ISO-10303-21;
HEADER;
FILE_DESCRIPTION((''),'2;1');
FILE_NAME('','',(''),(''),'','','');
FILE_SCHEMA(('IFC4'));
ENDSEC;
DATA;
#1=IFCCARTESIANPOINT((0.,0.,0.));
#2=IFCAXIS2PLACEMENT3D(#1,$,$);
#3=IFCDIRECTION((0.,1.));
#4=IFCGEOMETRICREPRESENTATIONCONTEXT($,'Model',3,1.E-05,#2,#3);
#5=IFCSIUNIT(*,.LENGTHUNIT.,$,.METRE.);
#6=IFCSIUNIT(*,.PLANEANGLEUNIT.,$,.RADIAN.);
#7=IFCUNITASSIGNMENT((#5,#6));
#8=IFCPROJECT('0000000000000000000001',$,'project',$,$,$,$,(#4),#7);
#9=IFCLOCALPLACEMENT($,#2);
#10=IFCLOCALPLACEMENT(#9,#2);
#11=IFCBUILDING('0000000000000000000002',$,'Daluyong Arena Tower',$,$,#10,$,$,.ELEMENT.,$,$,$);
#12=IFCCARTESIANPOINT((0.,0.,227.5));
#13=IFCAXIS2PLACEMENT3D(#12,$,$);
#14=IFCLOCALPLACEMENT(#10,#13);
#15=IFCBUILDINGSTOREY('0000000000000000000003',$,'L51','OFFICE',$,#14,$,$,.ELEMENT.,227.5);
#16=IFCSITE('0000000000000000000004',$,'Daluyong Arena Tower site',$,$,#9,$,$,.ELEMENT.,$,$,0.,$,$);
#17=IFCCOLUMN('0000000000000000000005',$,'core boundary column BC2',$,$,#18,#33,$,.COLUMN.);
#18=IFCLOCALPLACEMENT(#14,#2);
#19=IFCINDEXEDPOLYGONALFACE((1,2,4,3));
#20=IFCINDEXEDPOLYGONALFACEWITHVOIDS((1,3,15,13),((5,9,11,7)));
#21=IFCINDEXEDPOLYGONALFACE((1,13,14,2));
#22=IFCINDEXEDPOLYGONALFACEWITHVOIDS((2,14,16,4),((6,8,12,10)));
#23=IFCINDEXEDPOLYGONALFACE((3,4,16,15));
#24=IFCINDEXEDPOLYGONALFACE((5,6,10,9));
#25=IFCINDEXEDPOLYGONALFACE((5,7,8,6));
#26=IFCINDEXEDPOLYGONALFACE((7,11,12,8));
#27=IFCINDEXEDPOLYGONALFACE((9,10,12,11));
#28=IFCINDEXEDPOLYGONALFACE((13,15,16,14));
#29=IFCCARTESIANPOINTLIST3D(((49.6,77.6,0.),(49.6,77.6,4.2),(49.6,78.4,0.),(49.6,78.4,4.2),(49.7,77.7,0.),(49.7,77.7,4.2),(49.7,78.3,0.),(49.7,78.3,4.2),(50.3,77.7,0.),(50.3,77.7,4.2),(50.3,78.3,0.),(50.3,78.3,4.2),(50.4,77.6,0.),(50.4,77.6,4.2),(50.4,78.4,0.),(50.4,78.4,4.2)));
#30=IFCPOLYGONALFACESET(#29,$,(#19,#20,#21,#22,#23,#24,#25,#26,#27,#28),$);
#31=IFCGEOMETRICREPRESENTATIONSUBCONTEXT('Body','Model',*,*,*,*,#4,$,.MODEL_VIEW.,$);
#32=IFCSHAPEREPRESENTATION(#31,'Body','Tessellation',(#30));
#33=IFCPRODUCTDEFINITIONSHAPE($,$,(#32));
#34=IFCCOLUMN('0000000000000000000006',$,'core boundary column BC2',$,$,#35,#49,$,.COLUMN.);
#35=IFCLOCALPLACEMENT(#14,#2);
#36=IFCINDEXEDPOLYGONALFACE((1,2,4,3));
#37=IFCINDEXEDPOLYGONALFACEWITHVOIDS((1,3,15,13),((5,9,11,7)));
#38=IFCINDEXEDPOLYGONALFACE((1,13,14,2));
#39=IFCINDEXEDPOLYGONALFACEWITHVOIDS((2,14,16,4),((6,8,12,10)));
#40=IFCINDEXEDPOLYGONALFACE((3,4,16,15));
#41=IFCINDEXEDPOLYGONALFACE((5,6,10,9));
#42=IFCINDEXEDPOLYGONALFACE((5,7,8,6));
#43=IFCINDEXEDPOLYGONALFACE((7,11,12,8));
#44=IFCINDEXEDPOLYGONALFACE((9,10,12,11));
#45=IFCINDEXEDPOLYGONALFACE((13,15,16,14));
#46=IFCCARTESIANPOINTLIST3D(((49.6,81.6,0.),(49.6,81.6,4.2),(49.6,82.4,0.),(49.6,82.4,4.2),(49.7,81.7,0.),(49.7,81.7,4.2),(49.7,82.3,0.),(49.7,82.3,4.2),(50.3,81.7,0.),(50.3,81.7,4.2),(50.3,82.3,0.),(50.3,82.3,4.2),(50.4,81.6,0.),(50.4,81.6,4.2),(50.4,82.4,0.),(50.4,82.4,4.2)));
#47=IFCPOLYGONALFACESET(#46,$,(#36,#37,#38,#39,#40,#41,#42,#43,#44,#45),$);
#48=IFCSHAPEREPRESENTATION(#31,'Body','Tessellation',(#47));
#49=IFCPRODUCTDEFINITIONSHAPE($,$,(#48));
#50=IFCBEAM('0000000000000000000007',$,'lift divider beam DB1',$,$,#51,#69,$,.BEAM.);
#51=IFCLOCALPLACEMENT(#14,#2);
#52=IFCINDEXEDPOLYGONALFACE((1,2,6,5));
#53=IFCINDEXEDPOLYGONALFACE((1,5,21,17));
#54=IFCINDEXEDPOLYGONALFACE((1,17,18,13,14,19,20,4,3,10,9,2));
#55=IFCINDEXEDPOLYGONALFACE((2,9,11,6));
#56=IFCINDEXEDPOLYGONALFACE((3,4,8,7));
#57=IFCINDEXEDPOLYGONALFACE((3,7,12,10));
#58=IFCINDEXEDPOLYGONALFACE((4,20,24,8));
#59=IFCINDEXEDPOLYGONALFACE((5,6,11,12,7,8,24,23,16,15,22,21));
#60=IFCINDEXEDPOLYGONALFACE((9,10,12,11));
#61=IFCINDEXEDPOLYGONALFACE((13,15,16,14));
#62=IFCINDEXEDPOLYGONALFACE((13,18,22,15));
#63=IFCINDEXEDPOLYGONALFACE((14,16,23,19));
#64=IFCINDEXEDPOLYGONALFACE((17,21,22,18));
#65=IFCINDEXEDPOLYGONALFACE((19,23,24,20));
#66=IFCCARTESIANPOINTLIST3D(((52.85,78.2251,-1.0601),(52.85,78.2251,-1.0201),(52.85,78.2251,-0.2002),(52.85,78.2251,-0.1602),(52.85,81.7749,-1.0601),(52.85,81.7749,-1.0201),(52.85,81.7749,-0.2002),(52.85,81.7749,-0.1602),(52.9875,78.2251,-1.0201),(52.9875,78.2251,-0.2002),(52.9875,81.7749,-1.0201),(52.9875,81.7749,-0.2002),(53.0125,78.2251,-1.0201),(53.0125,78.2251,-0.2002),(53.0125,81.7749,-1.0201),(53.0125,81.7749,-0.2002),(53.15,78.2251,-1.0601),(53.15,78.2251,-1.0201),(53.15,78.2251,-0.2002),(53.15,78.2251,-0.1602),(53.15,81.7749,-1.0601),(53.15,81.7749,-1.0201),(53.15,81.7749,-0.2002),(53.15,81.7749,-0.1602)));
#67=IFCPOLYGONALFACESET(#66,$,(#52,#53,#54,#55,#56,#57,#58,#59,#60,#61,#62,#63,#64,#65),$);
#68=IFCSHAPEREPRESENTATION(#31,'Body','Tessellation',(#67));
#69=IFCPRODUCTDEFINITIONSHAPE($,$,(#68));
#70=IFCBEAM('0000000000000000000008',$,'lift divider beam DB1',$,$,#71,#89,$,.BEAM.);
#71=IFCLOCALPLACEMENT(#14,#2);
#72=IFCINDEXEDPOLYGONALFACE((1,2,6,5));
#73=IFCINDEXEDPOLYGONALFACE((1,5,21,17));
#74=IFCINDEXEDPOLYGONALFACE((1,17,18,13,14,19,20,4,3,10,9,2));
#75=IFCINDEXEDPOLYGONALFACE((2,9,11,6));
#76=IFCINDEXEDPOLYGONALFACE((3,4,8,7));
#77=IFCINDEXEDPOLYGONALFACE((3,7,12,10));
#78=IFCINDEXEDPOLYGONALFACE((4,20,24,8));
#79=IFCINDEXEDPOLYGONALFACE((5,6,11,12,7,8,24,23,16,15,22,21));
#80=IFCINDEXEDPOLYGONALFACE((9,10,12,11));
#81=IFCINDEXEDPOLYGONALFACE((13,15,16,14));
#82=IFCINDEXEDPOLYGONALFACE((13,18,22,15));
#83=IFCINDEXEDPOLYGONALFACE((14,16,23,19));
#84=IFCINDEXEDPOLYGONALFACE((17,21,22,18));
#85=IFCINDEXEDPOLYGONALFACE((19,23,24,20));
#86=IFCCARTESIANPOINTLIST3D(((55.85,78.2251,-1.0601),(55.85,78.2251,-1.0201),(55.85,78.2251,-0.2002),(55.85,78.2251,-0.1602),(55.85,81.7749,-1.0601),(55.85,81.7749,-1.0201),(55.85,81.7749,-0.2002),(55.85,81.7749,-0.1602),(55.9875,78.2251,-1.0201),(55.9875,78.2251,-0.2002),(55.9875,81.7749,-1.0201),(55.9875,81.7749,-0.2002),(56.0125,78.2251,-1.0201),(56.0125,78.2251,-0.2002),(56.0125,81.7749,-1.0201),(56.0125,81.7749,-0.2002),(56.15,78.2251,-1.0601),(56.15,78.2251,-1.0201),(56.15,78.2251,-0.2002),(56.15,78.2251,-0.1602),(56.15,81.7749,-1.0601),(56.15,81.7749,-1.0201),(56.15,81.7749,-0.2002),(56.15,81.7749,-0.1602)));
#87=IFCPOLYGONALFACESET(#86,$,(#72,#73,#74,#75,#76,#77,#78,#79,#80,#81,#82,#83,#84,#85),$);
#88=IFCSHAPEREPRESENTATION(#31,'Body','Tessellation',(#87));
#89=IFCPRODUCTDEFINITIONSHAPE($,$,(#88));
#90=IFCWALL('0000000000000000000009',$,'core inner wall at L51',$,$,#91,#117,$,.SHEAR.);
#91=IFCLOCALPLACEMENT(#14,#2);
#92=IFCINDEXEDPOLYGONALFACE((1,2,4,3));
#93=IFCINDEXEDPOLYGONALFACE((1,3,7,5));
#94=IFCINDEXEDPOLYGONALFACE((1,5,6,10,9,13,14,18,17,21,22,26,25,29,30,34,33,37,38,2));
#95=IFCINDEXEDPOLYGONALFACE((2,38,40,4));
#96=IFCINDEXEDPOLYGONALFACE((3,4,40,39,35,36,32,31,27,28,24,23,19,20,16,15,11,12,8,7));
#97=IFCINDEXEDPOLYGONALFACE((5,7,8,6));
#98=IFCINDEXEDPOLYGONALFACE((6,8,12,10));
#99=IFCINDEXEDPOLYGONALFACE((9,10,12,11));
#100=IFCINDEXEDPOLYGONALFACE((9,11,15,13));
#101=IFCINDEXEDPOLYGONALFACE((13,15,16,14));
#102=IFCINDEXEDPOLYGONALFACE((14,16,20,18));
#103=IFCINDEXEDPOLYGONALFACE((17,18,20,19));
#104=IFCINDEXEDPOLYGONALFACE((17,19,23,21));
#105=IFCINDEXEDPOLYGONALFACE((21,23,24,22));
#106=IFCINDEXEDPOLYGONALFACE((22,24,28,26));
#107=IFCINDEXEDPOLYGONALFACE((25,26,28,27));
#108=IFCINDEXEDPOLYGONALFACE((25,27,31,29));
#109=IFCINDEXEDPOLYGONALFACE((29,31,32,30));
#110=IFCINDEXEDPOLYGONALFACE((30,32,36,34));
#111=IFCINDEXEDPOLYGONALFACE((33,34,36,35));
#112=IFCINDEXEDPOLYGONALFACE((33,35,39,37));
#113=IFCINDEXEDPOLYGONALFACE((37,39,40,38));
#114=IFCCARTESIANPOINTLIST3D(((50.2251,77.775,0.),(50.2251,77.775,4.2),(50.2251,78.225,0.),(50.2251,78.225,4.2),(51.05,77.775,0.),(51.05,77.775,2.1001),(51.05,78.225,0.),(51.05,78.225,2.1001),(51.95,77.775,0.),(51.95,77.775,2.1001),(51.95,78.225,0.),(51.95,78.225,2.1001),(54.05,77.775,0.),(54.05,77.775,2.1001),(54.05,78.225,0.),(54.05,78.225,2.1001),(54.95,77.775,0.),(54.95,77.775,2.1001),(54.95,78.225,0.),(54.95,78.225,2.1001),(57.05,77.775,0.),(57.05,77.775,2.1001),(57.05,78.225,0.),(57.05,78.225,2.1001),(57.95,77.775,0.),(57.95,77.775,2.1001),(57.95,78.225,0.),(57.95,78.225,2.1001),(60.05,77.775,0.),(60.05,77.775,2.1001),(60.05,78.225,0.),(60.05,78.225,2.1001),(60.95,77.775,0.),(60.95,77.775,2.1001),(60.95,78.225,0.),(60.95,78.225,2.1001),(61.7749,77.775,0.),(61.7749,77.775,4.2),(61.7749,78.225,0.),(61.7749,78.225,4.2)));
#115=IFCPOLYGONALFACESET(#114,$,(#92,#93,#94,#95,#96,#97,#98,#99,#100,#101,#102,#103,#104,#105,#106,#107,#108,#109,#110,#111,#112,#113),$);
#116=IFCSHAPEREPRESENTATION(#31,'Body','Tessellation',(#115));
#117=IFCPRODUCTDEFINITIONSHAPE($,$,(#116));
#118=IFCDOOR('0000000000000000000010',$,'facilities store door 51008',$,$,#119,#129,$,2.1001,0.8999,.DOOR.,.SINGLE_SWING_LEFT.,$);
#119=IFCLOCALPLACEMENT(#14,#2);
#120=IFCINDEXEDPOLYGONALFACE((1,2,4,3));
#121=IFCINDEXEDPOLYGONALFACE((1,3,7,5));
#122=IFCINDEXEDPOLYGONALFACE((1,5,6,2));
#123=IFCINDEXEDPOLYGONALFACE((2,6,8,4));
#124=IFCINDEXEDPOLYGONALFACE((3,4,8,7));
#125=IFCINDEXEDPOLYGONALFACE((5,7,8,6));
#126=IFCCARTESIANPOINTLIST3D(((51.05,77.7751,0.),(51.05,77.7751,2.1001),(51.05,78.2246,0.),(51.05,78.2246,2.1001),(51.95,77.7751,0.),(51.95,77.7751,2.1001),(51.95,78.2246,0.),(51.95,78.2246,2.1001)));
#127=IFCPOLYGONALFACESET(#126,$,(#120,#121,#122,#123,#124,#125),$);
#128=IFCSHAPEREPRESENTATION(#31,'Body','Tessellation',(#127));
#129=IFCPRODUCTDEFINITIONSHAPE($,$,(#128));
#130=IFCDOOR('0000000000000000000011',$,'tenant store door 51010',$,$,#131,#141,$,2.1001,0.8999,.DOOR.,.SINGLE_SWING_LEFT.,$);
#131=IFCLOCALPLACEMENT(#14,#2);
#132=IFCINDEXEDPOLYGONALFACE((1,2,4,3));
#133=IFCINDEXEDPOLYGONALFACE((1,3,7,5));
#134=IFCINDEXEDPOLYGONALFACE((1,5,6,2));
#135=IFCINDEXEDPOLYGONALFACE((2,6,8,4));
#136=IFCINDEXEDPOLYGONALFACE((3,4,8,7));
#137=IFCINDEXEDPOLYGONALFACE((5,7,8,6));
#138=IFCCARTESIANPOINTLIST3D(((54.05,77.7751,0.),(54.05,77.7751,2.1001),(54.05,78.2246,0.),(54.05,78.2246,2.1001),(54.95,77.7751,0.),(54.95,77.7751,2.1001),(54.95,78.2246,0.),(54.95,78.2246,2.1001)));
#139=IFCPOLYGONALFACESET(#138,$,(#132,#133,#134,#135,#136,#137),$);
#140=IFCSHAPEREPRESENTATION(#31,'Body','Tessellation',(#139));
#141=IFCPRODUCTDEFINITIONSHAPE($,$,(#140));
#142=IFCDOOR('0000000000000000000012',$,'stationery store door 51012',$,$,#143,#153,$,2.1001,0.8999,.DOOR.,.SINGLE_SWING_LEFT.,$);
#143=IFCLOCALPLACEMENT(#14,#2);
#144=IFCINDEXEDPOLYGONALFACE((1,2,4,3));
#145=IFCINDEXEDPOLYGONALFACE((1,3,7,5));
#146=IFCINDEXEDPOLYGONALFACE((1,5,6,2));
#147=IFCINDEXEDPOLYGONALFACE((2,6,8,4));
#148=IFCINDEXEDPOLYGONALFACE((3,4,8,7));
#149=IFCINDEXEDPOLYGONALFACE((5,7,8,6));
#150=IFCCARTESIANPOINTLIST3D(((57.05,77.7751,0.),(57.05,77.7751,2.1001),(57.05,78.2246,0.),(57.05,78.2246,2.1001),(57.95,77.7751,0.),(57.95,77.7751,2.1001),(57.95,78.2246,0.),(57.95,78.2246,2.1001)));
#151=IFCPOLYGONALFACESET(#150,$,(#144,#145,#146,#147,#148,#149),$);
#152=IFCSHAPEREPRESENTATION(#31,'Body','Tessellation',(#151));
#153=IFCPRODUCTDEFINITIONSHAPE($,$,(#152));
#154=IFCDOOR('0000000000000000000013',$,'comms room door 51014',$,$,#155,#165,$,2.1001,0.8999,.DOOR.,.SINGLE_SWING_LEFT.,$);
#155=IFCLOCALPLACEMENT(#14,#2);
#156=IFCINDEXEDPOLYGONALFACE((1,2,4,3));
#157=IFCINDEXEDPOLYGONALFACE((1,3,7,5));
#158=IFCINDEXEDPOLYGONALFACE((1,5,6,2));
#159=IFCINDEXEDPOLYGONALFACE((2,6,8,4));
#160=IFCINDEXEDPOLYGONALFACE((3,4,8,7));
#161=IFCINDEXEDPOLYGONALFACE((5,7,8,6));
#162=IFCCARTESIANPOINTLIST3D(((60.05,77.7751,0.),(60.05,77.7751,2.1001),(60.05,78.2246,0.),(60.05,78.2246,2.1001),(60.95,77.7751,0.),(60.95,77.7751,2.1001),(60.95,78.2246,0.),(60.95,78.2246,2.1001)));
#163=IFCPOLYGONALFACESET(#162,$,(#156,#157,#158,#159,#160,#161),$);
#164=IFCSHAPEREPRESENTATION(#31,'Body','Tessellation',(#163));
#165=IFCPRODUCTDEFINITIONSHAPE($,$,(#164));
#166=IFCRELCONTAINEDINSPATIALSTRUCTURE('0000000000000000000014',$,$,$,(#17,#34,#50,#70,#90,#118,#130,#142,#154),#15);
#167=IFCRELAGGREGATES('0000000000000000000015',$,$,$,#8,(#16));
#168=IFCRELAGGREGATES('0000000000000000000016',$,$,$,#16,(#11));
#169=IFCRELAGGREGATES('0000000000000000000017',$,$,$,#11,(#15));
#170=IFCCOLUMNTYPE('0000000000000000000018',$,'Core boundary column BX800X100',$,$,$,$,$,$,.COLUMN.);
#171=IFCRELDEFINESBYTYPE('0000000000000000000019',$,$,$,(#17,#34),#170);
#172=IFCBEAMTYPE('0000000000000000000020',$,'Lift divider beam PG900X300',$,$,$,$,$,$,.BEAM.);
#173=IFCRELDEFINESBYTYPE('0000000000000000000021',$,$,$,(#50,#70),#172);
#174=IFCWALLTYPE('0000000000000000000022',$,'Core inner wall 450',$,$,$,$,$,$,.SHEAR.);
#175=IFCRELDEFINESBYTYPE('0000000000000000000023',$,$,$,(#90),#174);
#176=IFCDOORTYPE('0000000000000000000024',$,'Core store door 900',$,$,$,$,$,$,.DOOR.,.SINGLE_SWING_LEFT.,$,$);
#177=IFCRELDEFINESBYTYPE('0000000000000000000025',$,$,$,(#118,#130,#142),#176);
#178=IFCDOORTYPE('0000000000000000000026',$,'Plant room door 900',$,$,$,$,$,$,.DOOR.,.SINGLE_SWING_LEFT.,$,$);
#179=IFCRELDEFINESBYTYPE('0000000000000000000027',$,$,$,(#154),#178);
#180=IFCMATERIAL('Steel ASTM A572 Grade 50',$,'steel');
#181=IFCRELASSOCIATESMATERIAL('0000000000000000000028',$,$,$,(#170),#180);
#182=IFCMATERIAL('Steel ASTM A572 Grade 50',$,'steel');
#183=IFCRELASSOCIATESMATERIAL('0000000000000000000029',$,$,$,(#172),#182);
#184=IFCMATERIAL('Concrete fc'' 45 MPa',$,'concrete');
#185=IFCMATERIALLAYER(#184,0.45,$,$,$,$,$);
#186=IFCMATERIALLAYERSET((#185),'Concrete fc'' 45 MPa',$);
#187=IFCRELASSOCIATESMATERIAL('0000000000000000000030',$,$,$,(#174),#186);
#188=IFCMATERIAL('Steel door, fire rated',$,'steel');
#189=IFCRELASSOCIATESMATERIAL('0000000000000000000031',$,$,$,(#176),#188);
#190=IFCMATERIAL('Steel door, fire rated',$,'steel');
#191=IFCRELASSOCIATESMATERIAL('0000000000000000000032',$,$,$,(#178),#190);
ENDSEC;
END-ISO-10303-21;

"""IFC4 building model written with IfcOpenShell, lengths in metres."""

from ifc_helpers import new_model, si_unit, direction, frame, frame_2d, origin, origin_2d, place, context, subcontext, project, spatial, rectangle, hollow_rectangle, i_section, extrude, material, layer, layer_set, material_profile, profile_set, type_object, element, fill, save


model = new_model("IFC4")

# Units and contexts
model_context = context("Model", 3, precision=1e-05, world=origin(), true_north=direction((0.0, 1.0)))
body_context = subcontext(model_context, "Body", "Model", "MODEL_VIEW")
ifc_project = project(units=[si_unit("LENGTHUNIT", "METRE"), si_unit("PLANEANGLEUNIT", "RADIAN")], contexts=[model_context])

# Site, building, storey
site_placement = place(None, origin())
site = spatial("IfcSite", under=ifc_project, at=site_placement, Name="Daluyong Arena Tower site", CompositionType="ELEMENT", RefElevation=0.0)
building_placement = place(site_placement, origin())
building = spatial("IfcBuilding", under=site, at=building_placement, Name="Daluyong Arena Tower", CompositionType="ELEMENT")
storey_placement = place(building_placement, frame((0.0, 0.0, 227.5)))
storey = spatial("IfcBuildingStorey", under=building, at=storey_placement, Name="L51", Description="OFFICE", CompositionType="ELEMENT", Elevation=227.5)

# Columns
ifc_material_1 = material(Name="Steel ASTM A572 Grade 50", Category="steel")
ifc_material_profile_1 = material_profile(ifc_material_1, hollow_rectangle(XDim=0.8, YDim=0.8, WallThickness=0.1, at=origin_2d()))
ifc_profile_set_1 = profile_set([ifc_material_profile_1], Name="Steel ASTM A572 Grade 50")
column_type = type_object("IfcColumnType", Name="Core boundary column BX800X100", PredefinedType="COLUMN", material=ifc_profile_set_1)
for number, where, z_axis, x_axis, name in (
    (1, (50.0, 78.0, 0.0), (0.0, 0.0, 1.0), (1.0, 0.0, 0.0), "core boundary column BC2"),
    (2, (50.0, 82.0, 0.0), (0.0, 0.0, 1.0), (1.0, 0.0, 0.0), "core boundary column BC2"),
):
    element("IfcColumn", number, at=place(storey_placement, frame(where, z_axis=z_axis, x_axis=x_axis)), inside=storey, type_object=column_type, Name=name, PredefinedType="COLUMN", context=body_context, shape_type="SweptSolid", body=[
        extrude(hollow_rectangle(XDim=0.8, YDim=0.8, WallThickness=0.1, at=origin_2d()), origin(), (0.0, 0.0, 1.0), 4.2),
    ])

# Beams
ifc_material_2 = material(Name="Steel ASTM A572 Grade 50", Category="steel")
ifc_material_profile_2 = material_profile(ifc_material_2, i_section(OverallWidth=0.3, OverallDepth=0.8999, WebThickness=0.025, FlangeThickness=0.04, at=origin_2d()))
ifc_profile_set_2 = profile_set([ifc_material_profile_2], Name="Steel ASTM A572 Grade 50")
beam_type = type_object("IfcBeamType", Name="Lift divider beam PG900X300", PredefinedType="BEAM", material=ifc_profile_set_2)
for number, where, z_axis, x_axis, name in (
    (3, (53.0, 78.2251, -0.6101), (0.0, 1.0, 0.0), (-1.0, 0.0, 0.0), "lift divider beam DB1"),
    (4, (56.0, 78.2251, -0.6101), (0.0, 1.0, 0.0), (-1.0, 0.0, 0.0), "lift divider beam DB1"),
):
    element("IfcBeam", number, at=place(storey_placement, frame(where, z_axis=z_axis, x_axis=x_axis)), inside=storey, type_object=beam_type, Name=name, PredefinedType="BEAM", context=body_context, shape_type="SweptSolid", body=[
        extrude(i_section(OverallWidth=0.3, OverallDepth=0.8999, WebThickness=0.025, FlangeThickness=0.04, at=origin_2d()), origin(), (0.0, 0.0, 1.0), 3.5498),
    ])

# Wall, openings, doors
ifc_material_3 = material(Name="Concrete fc' 45 MPa", Category="concrete")
ifc_layer_1 = layer(ifc_material_3, 0.45)
ifc_layer_set_1 = layer_set([ifc_layer_1], Name="Concrete fc' 45 MPa")
wall_type_1 = type_object("IfcWallType", Name="Core inner wall 450", PredefinedType="SHEAR", material=ifc_layer_set_1)
wall_1_placement = place(storey_placement, frame((50.2251, 78.0, 0.0), z_axis=(0.0, 0.0, 1.0), x_axis=(1.0, 0.0, 0.0)))
wall_1 = element("IfcWall", 5, at=wall_1_placement, inside=storey, type_object=wall_type_1, Name="core inner wall at L51", PredefinedType="SHEAR", context=body_context, shape_type="SweptSolid", body=[
    extrude(rectangle(XDim=11.5498, YDim=0.45, at=frame_2d((5.7749, 0.0))), origin(), (0.0, 0.0, 1.0), 4.2),
])
opening_1_placement = place(wall_1_placement, frame((0.825, 0.0, 0.0)))
opening_1 = element("IfcOpeningElement", 6, at=opening_1_placement, cuts=wall_1, PredefinedType="OPENING", context=body_context, shape_type="SweptSolid", body=[
    extrude(rectangle(XDim=0.8999, YDim=2.1001, at=frame_2d((0.45, 1.05))), frame((0.0, 0.2349, 0.0), z_axis=(0.0, -1.0, 0.0), x_axis=(1.0, 0.0, 0.0)), (0.0, 0.0, 1.0), 0.47),
])
opening_2_placement = place(wall_1_placement, frame((3.825, 0.0, 0.0)))
opening_2 = element("IfcOpeningElement", 7, at=opening_2_placement, cuts=wall_1, PredefinedType="OPENING", context=body_context, shape_type="SweptSolid", body=[
    extrude(rectangle(XDim=0.8999, YDim=2.1001, at=frame_2d((0.45, 1.05))), frame((0.0, 0.2349, 0.0), z_axis=(0.0, -1.0, 0.0), x_axis=(1.0, 0.0, 0.0)), (0.0, 0.0, 1.0), 0.47),
])
opening_3_placement = place(wall_1_placement, frame((6.825, 0.0, 0.0)))
opening_3 = element("IfcOpeningElement", 8, at=opening_3_placement, cuts=wall_1, PredefinedType="OPENING", context=body_context, shape_type="SweptSolid", body=[
    extrude(rectangle(XDim=0.8999, YDim=2.1001, at=frame_2d((0.45, 1.05))), frame((0.0, 0.2349, 0.0), z_axis=(0.0, -1.0, 0.0), x_axis=(1.0, 0.0, 0.0)), (0.0, 0.0, 1.0), 0.47),
])
opening_4_placement = place(wall_1_placement, frame((9.825, 0.0, 0.0)))
opening_4 = element("IfcOpeningElement", 9, at=opening_4_placement, cuts=wall_1, PredefinedType="OPENING", context=body_context, shape_type="SweptSolid", body=[
    extrude(rectangle(XDim=0.8999, YDim=2.1001, at=frame_2d((0.45, 1.05))), frame((0.0, 0.2349, 0.0), z_axis=(0.0, -1.0, 0.0), x_axis=(1.0, 0.0, 0.0)), (0.0, 0.0, 1.0), 0.47),
])
ifc_material_4 = material(Name="Steel door, fire rated", Category="steel")
door_type_1 = type_object("IfcDoorType", Name="Core store door 900", OperationType="SINGLE_SWING_LEFT", PredefinedType="DOOR", material=ifc_material_4)
door_1_placement = place(opening_1_placement, origin())
door_1 = element("IfcDoor", 10, at=door_1_placement, inside=storey, type_object=door_type_1, Name="facilities store door 51008", OperationType="SINGLE_SWING_LEFT", OverallHeight=2.1001, OverallWidth=0.8999, PredefinedType="DOOR", context=body_context, shape_type="SweptSolid", body=[
    extrude(rectangle(XDim=0.8999, YDim=2.1001, at=frame_2d((0.45, 1.05))), frame((0.0, 0.2246, 0.0), z_axis=(0.0, -1.0, 0.0), x_axis=(1.0, 0.0, 0.0)), (0.0, 0.0, 1.0), 0.4495),
])
fill(opening_1, door_1)
door_2_placement = place(opening_2_placement, origin())
door_2 = element("IfcDoor", 11, at=door_2_placement, inside=storey, type_object=door_type_1, Name="tenant store door 51010", OperationType="SINGLE_SWING_LEFT", OverallHeight=2.1001, OverallWidth=0.8999, PredefinedType="DOOR", context=body_context, shape_type="SweptSolid", body=[
    extrude(rectangle(XDim=0.8999, YDim=2.1001, at=frame_2d((0.45, 1.05))), frame((0.0, 0.2246, 0.0), z_axis=(0.0, -1.0, 0.0), x_axis=(1.0, 0.0, 0.0)), (0.0, 0.0, 1.0), 0.4495),
])
fill(opening_2, door_2)
door_3_placement = place(opening_3_placement, origin())
door_3 = element("IfcDoor", 12, at=door_3_placement, inside=storey, type_object=door_type_1, Name="stationery store door 51012", OperationType="SINGLE_SWING_LEFT", OverallHeight=2.1001, OverallWidth=0.8999, PredefinedType="DOOR", context=body_context, shape_type="SweptSolid", body=[
    extrude(rectangle(XDim=0.8999, YDim=2.1001, at=frame_2d((0.45, 1.05))), frame((0.0, 0.2246, 0.0), z_axis=(0.0, -1.0, 0.0), x_axis=(1.0, 0.0, 0.0)), (0.0, 0.0, 1.0), 0.4495),
])
fill(opening_3, door_3)
ifc_material_5 = material(Name="Steel door, fire rated", Category="steel")
door_type_2 = type_object("IfcDoorType", Name="Plant room door 900", OperationType="SINGLE_SWING_LEFT", PredefinedType="DOOR", material=ifc_material_5)
door_4_placement = place(opening_4_placement, origin())
door_4 = element("IfcDoor", 13, at=door_4_placement, inside=storey, type_object=door_type_2, Name="comms room door 51014", OperationType="SINGLE_SWING_LEFT", OverallHeight=2.1001, OverallWidth=0.8999, PredefinedType="DOOR", context=body_context, shape_type="SweptSolid", body=[
    extrude(rectangle(XDim=0.8999, YDim=2.1001, at=frame_2d((0.45, 1.05))), frame((0.0, 0.2246, 0.0), z_axis=(0.0, -1.0, 0.0), x_axis=(1.0, 0.0, 0.0)), (0.0, 0.0, 1.0), 0.4495),
])
fill(opening_4, door_4)

save(model, "model.ifc")
